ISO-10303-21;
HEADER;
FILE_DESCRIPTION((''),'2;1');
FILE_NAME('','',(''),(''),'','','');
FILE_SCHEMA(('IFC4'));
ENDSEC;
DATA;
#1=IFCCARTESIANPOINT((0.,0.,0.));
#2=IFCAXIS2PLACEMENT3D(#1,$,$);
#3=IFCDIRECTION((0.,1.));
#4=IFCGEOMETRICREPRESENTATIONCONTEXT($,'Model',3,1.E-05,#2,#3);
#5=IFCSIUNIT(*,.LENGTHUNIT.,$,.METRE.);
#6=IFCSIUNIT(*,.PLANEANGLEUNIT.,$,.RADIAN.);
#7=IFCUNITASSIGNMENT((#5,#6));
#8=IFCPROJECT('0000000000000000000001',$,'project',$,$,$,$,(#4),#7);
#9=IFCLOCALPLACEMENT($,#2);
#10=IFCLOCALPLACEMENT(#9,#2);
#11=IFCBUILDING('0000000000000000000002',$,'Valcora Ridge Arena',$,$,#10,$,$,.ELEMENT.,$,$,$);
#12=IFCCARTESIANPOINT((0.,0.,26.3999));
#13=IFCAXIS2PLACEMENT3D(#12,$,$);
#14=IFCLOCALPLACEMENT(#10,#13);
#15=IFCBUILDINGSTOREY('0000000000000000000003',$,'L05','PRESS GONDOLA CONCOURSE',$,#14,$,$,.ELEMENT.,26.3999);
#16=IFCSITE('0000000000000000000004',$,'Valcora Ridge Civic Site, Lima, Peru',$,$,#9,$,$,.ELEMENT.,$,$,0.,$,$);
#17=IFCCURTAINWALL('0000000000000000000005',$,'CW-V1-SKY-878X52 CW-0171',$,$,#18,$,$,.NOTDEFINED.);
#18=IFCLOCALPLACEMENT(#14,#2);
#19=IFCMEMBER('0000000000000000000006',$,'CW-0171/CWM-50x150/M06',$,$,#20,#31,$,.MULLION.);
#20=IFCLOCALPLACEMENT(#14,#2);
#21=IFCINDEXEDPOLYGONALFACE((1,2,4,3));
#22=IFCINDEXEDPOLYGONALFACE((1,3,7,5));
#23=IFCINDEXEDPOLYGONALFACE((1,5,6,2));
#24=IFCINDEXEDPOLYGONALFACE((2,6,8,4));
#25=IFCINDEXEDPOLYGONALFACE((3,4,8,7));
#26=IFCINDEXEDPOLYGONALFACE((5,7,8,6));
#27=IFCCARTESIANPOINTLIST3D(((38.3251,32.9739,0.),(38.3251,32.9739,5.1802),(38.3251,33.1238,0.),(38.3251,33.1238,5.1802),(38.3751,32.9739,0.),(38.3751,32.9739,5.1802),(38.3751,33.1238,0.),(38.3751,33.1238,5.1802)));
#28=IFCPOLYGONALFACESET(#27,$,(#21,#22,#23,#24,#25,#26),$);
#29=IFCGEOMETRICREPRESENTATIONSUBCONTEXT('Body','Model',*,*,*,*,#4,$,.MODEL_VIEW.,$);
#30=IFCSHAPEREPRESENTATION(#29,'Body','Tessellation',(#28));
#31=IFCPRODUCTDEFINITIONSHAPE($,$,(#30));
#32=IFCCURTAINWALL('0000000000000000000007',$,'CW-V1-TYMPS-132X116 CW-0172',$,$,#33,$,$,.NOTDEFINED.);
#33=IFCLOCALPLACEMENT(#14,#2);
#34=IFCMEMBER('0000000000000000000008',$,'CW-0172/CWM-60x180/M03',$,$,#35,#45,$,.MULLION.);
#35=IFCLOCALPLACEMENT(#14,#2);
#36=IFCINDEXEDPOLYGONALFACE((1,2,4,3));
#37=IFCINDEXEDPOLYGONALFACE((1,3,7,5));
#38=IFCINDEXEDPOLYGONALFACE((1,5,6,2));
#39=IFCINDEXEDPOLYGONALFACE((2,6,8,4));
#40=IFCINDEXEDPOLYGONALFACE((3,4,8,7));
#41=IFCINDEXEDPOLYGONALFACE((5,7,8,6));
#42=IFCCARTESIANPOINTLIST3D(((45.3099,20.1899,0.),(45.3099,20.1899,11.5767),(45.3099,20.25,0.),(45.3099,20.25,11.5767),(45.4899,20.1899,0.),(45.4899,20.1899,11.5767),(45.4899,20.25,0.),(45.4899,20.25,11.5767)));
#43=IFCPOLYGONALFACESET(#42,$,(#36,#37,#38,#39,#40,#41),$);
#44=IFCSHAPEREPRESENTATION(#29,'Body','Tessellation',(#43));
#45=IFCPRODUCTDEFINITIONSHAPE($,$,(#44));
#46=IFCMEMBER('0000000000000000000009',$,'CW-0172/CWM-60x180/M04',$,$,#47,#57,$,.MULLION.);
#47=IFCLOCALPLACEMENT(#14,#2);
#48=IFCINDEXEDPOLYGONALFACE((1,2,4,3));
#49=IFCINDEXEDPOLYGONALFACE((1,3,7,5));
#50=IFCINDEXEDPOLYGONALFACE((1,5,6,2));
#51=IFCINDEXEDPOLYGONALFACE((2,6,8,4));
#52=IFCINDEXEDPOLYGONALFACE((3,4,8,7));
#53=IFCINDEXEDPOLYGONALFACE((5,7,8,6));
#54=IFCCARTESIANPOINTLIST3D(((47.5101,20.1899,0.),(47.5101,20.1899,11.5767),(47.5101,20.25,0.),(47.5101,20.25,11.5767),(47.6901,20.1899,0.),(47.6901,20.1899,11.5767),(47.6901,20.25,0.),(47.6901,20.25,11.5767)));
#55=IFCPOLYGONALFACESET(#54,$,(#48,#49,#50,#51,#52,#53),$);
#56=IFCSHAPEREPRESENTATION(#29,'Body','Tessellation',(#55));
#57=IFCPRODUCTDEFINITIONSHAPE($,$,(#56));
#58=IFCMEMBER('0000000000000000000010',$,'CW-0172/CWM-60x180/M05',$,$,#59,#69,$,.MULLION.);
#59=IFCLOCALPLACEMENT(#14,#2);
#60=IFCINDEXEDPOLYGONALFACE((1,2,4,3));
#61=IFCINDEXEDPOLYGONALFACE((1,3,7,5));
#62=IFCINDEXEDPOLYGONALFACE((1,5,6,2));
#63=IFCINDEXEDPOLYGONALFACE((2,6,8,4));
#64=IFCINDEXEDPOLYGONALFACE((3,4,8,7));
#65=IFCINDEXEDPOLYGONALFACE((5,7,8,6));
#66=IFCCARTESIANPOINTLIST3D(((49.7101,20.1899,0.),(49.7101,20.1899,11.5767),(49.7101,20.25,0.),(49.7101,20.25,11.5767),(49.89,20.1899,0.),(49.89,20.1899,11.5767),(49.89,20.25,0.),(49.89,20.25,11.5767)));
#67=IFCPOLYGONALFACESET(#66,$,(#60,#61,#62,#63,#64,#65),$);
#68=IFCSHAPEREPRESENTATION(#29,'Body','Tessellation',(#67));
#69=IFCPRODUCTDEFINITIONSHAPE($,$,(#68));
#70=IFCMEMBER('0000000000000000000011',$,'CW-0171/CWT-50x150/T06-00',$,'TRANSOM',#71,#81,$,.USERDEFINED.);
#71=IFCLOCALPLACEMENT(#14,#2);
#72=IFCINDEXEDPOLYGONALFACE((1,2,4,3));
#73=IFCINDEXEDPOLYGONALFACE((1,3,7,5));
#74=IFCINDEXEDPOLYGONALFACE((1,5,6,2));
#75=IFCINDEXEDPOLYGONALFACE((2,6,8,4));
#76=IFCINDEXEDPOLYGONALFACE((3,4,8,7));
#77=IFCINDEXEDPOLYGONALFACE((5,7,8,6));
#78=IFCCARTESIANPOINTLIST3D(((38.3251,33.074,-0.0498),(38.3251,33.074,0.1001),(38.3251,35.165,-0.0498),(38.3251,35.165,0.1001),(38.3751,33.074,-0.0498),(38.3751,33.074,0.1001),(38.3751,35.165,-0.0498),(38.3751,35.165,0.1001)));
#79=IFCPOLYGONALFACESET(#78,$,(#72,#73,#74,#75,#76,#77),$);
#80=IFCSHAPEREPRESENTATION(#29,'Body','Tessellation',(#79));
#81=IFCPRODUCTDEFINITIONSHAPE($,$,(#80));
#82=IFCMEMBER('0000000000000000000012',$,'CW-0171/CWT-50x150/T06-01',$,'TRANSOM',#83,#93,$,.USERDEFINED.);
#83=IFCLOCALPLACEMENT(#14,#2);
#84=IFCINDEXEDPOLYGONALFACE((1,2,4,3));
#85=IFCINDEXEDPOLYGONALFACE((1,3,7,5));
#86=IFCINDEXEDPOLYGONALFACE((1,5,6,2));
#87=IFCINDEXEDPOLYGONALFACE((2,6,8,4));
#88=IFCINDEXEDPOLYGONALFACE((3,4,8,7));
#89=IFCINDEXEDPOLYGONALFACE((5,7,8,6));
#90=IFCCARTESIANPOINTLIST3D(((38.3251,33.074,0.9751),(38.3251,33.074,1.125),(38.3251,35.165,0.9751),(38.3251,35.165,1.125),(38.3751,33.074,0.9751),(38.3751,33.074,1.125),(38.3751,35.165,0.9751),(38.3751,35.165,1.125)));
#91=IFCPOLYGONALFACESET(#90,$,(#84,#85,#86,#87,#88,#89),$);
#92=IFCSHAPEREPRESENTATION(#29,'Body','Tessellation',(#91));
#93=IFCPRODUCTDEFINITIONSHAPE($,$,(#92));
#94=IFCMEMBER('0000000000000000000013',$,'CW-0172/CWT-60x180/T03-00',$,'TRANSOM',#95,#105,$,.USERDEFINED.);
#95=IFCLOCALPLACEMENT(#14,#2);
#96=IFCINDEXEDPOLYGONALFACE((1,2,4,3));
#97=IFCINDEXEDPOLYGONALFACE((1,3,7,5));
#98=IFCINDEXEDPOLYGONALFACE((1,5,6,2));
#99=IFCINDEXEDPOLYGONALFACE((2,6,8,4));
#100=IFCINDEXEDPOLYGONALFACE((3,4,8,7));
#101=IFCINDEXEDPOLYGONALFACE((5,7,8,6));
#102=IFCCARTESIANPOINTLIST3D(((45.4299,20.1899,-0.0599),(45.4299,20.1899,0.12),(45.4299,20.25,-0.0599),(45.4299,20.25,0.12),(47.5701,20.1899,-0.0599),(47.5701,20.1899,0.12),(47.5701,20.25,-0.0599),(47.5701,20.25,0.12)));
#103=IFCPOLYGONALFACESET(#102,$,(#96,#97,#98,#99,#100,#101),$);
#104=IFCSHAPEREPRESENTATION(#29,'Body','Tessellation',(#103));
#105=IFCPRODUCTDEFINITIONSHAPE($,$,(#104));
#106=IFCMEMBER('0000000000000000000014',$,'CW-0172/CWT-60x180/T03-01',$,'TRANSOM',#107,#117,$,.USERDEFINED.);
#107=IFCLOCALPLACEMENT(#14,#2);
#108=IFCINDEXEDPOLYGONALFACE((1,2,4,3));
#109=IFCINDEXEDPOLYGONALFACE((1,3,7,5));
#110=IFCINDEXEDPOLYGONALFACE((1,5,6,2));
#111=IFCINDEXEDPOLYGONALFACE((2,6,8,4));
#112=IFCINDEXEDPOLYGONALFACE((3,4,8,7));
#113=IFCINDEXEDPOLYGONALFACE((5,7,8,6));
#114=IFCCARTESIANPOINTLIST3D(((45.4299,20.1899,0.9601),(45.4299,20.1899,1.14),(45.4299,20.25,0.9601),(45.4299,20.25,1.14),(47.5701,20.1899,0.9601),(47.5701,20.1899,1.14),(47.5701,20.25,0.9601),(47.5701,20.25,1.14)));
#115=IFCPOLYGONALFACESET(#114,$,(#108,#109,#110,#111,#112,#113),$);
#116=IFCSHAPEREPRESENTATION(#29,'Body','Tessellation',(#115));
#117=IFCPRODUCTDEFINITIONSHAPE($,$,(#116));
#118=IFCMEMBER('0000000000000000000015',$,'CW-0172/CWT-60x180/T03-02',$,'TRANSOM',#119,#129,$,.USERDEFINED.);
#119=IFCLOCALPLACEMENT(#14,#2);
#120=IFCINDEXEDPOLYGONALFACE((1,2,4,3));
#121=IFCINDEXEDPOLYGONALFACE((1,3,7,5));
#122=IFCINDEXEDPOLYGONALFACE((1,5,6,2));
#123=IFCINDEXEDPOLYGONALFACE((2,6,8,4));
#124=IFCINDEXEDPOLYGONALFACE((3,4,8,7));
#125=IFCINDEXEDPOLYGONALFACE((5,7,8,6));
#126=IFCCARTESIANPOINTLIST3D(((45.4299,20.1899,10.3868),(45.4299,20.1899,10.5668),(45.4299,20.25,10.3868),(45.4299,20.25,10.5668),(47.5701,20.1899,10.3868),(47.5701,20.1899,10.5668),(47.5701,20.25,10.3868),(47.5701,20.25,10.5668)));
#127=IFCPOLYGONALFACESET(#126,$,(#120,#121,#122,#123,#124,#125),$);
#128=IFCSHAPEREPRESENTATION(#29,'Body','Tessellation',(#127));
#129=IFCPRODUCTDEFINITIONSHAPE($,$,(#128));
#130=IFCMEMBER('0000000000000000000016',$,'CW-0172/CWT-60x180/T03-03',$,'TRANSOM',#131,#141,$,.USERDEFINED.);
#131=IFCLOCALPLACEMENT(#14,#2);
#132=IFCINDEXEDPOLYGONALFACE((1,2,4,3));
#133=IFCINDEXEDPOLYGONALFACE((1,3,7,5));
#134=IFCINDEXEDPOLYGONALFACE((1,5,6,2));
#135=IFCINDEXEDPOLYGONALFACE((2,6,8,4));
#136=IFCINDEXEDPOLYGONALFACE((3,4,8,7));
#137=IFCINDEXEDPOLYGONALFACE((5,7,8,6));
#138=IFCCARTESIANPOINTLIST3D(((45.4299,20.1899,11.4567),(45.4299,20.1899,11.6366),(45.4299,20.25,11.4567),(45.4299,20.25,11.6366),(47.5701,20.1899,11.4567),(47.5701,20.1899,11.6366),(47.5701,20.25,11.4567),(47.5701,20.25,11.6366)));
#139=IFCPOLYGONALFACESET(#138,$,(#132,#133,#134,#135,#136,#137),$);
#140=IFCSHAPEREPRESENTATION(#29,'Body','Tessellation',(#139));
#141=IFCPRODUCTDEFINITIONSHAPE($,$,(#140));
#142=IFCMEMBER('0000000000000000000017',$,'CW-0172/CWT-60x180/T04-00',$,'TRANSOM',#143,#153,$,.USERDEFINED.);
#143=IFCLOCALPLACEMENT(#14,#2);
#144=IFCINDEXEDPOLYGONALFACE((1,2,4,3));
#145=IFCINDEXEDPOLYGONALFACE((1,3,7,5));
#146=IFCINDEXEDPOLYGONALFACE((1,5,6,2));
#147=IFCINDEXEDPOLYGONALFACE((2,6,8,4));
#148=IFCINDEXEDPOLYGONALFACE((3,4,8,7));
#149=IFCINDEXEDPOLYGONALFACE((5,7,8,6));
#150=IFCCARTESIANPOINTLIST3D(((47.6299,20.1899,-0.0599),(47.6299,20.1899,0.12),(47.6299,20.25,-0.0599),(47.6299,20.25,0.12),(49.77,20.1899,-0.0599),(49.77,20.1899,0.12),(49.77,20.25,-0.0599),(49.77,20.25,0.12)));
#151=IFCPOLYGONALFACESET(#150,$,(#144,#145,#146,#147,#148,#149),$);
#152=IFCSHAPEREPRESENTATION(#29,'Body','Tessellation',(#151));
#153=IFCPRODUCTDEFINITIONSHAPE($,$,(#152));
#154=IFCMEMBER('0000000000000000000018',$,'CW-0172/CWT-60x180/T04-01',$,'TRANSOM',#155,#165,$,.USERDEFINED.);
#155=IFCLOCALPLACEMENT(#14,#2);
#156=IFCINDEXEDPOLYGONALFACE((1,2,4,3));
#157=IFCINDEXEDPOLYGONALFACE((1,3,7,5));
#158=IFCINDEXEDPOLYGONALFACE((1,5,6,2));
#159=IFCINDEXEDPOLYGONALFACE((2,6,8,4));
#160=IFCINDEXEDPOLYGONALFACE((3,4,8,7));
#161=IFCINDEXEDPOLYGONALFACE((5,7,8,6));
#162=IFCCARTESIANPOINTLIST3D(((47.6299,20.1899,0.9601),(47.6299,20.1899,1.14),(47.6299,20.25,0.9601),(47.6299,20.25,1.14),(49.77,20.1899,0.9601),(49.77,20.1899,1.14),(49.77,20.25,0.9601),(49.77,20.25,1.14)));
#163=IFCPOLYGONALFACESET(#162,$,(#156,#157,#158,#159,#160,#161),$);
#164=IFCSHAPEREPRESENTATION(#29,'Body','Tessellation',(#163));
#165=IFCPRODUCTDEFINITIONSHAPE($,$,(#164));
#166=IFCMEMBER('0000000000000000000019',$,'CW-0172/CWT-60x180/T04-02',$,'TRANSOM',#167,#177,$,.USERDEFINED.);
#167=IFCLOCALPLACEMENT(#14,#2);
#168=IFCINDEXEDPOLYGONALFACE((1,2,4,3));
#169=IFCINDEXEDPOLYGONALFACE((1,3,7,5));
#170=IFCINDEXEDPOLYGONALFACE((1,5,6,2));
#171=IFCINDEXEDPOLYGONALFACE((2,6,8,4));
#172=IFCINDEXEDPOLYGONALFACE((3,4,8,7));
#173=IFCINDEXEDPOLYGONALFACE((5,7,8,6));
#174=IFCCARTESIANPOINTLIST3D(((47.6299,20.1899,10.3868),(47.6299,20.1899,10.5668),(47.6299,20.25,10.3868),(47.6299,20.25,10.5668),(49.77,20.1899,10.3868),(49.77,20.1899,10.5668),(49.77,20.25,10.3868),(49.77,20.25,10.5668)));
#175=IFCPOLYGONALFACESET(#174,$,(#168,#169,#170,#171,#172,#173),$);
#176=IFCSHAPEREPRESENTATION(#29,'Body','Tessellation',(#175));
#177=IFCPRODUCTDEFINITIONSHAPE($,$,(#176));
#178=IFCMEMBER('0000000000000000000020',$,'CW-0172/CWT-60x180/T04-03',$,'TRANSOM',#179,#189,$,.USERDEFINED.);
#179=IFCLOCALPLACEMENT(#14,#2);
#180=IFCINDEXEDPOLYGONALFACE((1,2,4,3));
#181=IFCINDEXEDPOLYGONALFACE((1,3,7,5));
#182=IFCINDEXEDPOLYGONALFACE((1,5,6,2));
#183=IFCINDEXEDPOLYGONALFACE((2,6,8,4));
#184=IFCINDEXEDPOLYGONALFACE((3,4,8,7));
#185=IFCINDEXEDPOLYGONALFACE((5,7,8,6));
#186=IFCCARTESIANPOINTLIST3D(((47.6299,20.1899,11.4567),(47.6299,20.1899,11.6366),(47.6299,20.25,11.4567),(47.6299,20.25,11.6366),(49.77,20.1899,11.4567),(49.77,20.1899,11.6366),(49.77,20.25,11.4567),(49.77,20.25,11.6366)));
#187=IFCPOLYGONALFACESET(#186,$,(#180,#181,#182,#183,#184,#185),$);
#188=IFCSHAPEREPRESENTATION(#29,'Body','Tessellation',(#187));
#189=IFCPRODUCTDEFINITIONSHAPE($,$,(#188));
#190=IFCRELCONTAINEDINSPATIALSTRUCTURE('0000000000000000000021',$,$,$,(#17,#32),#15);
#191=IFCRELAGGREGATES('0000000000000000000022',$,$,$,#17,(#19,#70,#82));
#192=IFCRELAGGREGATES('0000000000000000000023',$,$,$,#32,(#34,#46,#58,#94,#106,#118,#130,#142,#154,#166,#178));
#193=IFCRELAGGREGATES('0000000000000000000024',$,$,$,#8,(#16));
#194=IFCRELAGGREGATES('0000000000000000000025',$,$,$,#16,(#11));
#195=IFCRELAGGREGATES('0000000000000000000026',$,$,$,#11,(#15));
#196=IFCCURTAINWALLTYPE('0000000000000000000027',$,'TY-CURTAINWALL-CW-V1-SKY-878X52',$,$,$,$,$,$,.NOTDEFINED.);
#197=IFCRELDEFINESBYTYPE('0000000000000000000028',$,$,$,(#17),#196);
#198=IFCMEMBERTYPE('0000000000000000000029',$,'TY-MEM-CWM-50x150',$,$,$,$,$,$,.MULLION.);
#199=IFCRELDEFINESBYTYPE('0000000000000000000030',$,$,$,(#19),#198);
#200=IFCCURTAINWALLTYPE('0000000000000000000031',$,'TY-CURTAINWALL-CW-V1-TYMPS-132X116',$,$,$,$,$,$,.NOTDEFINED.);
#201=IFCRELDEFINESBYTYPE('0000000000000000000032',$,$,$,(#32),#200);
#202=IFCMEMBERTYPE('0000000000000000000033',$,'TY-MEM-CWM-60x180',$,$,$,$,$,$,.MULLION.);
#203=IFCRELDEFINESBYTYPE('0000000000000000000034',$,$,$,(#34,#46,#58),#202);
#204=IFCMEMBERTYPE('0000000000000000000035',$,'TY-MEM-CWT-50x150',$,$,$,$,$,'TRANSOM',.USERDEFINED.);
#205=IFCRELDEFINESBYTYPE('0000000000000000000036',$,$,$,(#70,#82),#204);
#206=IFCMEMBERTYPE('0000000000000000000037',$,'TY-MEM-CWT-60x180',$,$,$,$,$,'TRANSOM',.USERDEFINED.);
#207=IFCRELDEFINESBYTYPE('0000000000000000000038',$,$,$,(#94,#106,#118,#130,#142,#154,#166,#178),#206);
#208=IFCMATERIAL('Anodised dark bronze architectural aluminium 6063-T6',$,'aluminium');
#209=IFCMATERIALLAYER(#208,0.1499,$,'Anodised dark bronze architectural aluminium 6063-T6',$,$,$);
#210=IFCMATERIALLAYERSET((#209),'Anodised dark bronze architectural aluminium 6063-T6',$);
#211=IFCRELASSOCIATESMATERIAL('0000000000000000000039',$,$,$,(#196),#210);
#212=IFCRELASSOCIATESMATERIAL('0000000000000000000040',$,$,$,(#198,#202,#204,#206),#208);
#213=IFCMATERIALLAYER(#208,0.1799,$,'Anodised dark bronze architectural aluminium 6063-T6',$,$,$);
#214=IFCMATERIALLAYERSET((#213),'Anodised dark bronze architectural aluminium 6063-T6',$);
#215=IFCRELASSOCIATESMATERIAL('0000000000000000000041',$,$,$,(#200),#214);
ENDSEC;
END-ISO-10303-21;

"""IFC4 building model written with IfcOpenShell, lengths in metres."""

from ifc_helpers import new_model, si_unit, direction, frame, origin, origin_2d, place, context, subcontext, project, spatial, rectangle, extrude, material, layer, layer_set, material_profile, profile_set, type_object, element, aggregate, save


model = new_model("IFC4")

# Units and contexts
model_context = context("Model", 3, precision=1e-05, world=origin(), true_north=direction((0.0, 1.0)))
body_context = subcontext(model_context, "Body", "Model", "MODEL_VIEW")
ifc_project = project(units=[si_unit("LENGTHUNIT", "METRE"), si_unit("PLANEANGLEUNIT", "RADIAN")], contexts=[model_context])

# Site, building, storey
site_placement = place(None, origin())
site = spatial("IfcSite", under=ifc_project, at=site_placement, Name="Valcora Ridge Civic Site, Lima, Peru", CompositionType="ELEMENT", RefElevation=0.0)
building_placement = place(site_placement, origin())
building = spatial("IfcBuilding", under=site, at=building_placement, Name="Valcora Ridge Arena", CompositionType="ELEMENT")
storey_placement = place(building_placement, frame((0.0, 0.0, 26.3999)))
storey = spatial("IfcBuildingStorey", under=building, at=storey_placement, Name="L05", Description="PRESS GONDOLA CONCOURSE", CompositionType="ELEMENT", Elevation=26.3999)

# Curtain wall, member
ifc_material_1 = material(Name="Anodised dark bronze architectural aluminium 6063-T6", Category="aluminium")
ifc_layer_1 = layer(ifc_material_1, 0.1499, Name="Anodised dark bronze architectural aluminium 6063-T6")
ifc_layer_set_1 = layer_set([ifc_layer_1], Name="Anodised dark bronze architectural aluminium 6063-T6")
curtain_wall_type_1 = type_object("IfcCurtainWallType", Name="TY-CURTAINWALL-CW-V1-SKY-878X52", PredefinedType="NOTDEFINED", material=ifc_layer_set_1)
curtain_wall_1_placement = place(storey_placement, origin())
curtain_wall_1 = element("IfcCurtainWall", 1, at=curtain_wall_1_placement, inside=storey, type_object=curtain_wall_type_1, Name="CW-V1-SKY-878X52 CW-0171", PredefinedType="NOTDEFINED")
ifc_material_profile_1 = material_profile(ifc_material_1, rectangle(XDim=0.05, YDim=0.1499, at=origin_2d()), Name="ALU MULLION 50x150")
ifc_profile_set_1 = profile_set([ifc_material_profile_1], Name="Anodised dark bronze architectural aluminium 6063-T6")
member_type_1 = type_object("IfcMemberType", Name="TY-MEM-CWM-50x150", PredefinedType="MULLION", material=ifc_profile_set_1)
member_1_placement = place(storey_placement, frame((38.3501, 33.0488, 0.0), z_axis=(0.0, 0.0, 1.0), x_axis=(-1.0, 0.0, 0.0)))
member_1 = element("IfcMember", 2, at=member_1_placement, type_object=member_type_1, Name="CW-0171/CWM-50x150/M06", PredefinedType="MULLION", context=body_context, shape_type="SweptSolid", body=[
    extrude(rectangle(XDim=0.05, YDim=0.1499, at=origin_2d()), origin(), (0.0, 0.0, 1.0), 5.1802),
])

# Curtain wall, members
ifc_layer_2 = layer(ifc_material_1, 0.1799, Name="Anodised dark bronze architectural aluminium 6063-T6")
ifc_layer_set_2 = layer_set([ifc_layer_2], Name="Anodised dark bronze architectural aluminium 6063-T6")
curtain_wall_type_2 = type_object("IfcCurtainWallType", Name="TY-CURTAINWALL-CW-V1-TYMPS-132X116", PredefinedType="NOTDEFINED", material=ifc_layer_set_2)
curtain_wall_2_placement = place(storey_placement, origin())
curtain_wall_2 = element("IfcCurtainWall", 3, at=curtain_wall_2_placement, inside=storey, type_object=curtain_wall_type_2, Name="CW-V1-TYMPS-132X116 CW-0172", PredefinedType="NOTDEFINED")
ifc_material_profile_2 = material_profile(ifc_material_1, rectangle(XDim=0.0601, YDim=0.1799, at=origin_2d()), Name="ALU MULLION 60x180")
ifc_profile_set_2 = profile_set([ifc_material_profile_2], Name="Anodised dark bronze architectural aluminium 6063-T6")
member_type_2 = type_object("IfcMemberType", Name="TY-MEM-CWM-60x180", PredefinedType="MULLION", material=ifc_profile_set_2)
member_2_placement = place(storey_placement, frame((45.3999, 20.22, 0.0), z_axis=(0.0, 0.0, 1.0), x_axis=(0.0, 1.0, 0.0)))
member_2 = element("IfcMember", 4, at=member_2_placement, type_object=member_type_2, Name="CW-0172/CWM-60x180/M03", PredefinedType="MULLION", context=body_context, shape_type="SweptSolid", body=[
    extrude(rectangle(XDim=0.0601, YDim=0.1799, at=origin_2d()), origin(), (0.0, 0.0, 1.0), 11.5767),
])
member_3_placement = place(storey_placement, frame((47.6001, 20.22, 0.0), z_axis=(0.0, 0.0, 1.0), x_axis=(0.0, 1.0, 0.0)))
member_3 = element("IfcMember", 5, at=member_3_placement, type_object=member_type_2, Name="CW-0172/CWM-60x180/M04", PredefinedType="MULLION", context=body_context, shape_type="SweptSolid", body=[
    extrude(rectangle(XDim=0.0601, YDim=0.1799, at=origin_2d()), origin(), (0.0, 0.0, 1.0), 11.5767),
])
member_4_placement = place(storey_placement, frame((49.8, 20.22, 0.0), z_axis=(0.0, 0.0, 1.0), x_axis=(0.0, 1.0, 0.0)))
member_4 = element("IfcMember", 6, at=member_4_placement, type_object=member_type_2, Name="CW-0172/CWM-60x180/M05", PredefinedType="MULLION", context=body_context, shape_type="SweptSolid", body=[
    extrude(rectangle(XDim=0.0601, YDim=0.1799, at=origin_2d()), origin(), (0.0, 0.0, 1.0), 11.5767),
])

# Members
ifc_material_profile_3 = material_profile(ifc_material_1, rectangle(XDim=0.05, YDim=0.1499, at=origin_2d()), Name="ALU TRANSOM 50x150")
ifc_profile_set_3 = profile_set([ifc_material_profile_3], Name="Anodised dark bronze architectural aluminium 6063-T6")
member_type_3 = type_object("IfcMemberType", Name="TY-MEM-CWT-50x150", ElementType="TRANSOM", PredefinedType="USERDEFINED", material=ifc_profile_set_3)
member_5_placement = place(storey_placement, frame((38.3501, 33.074, 0.0251), z_axis=(0.0, 1.0, 0.0), x_axis=(-1.0, 0.0, 0.0)))
member_5 = element("IfcMember", 7, at=member_5_placement, type_object=member_type_3, Name="CW-0171/CWT-50x150/T06-00", ObjectType="TRANSOM", PredefinedType="USERDEFINED", context=body_context, shape_type="SweptSolid", body=[
    extrude(rectangle(XDim=0.05, YDim=0.1499, at=origin_2d()), origin(), (0.0, 0.0, 1.0), 2.0911),
])
member_6_placement = place(storey_placement, frame((38.3501, 33.074, 1.05), z_axis=(0.0, 1.0, 0.0), x_axis=(-1.0, 0.0, 0.0)))
member_6 = element("IfcMember", 8, at=member_6_placement, type_object=member_type_3, Name="CW-0171/CWT-50x150/T06-01", ObjectType="TRANSOM", PredefinedType="USERDEFINED", context=body_context, shape_type="SweptSolid", body=[
    extrude(rectangle(XDim=0.05, YDim=0.1499, at=origin_2d()), origin(), (0.0, 0.0, 1.0), 2.0911),
])
ifc_material_profile_4 = material_profile(ifc_material_1, rectangle(XDim=0.0601, YDim=0.1799, at=origin_2d()), Name="ALU TRANSOM 60x180")
ifc_profile_set_4 = profile_set([ifc_material_profile_4], Name="Anodised dark bronze architectural aluminium 6063-T6")
member_type_4 = type_object("IfcMemberType", Name="TY-MEM-CWT-60x180", ElementType="TRANSOM", PredefinedType="USERDEFINED", material=ifc_profile_set_4)
member_7_placement = place(storey_placement, frame((45.4299, 20.22, 0.03), z_axis=(1.0, 0.0, 0.0), x_axis=(0.0, 1.0, 0.0)))
member_7 = element("IfcMember", 9, at=member_7_placement, type_object=member_type_4, Name="CW-0172/CWT-60x180/T03-00", ObjectType="TRANSOM", PredefinedType="USERDEFINED", context=body_context, shape_type="SweptSolid", body=[
    extrude(rectangle(XDim=0.0601, YDim=0.1799, at=origin_2d()), origin(), (0.0, 0.0, 1.0), 2.1401),
])
member_8_placement = place(storey_placement, frame((45.4299, 20.22, 1.05), z_axis=(1.0, 0.0, 0.0), x_axis=(0.0, 1.0, 0.0)))
member_8 = element("IfcMember", 10, at=member_8_placement, type_object=member_type_4, Name="CW-0172/CWT-60x180/T03-01", ObjectType="TRANSOM", PredefinedType="USERDEFINED", context=body_context, shape_type="SweptSolid", body=[
    extrude(rectangle(XDim=0.0601, YDim=0.1799, at=origin_2d()), origin(), (0.0, 0.0, 1.0), 2.1401),
])
member_9_placement = place(storey_placement, frame((45.4299, 20.22, 10.4768), z_axis=(1.0, 0.0, 0.0), x_axis=(0.0, 1.0, 0.0)))
member_9 = element("IfcMember", 11, at=member_9_placement, type_object=member_type_4, Name="CW-0172/CWT-60x180/T03-02", ObjectType="TRANSOM", PredefinedType="USERDEFINED", context=body_context, shape_type="SweptSolid", body=[
    extrude(rectangle(XDim=0.0601, YDim=0.1799, at=origin_2d()), origin(), (0.0, 0.0, 1.0), 2.1401),
])
member_10_placement = place(storey_placement, frame((45.4299, 20.22, 11.5466), z_axis=(1.0, 0.0, 0.0), x_axis=(0.0, 1.0, 0.0)))
member_10 = element("IfcMember", 12, at=member_10_placement, type_object=member_type_4, Name="CW-0172/CWT-60x180/T03-03", ObjectType="TRANSOM", PredefinedType="USERDEFINED", context=body_context, shape_type="SweptSolid", body=[
    extrude(rectangle(XDim=0.0601, YDim=0.1799, at=origin_2d()), origin(), (0.0, 0.0, 1.0), 2.1401),
])
member_11_placement = place(storey_placement, frame((47.6299, 20.22, 0.03), z_axis=(1.0, 0.0, 0.0), x_axis=(0.0, 1.0, 0.0)))
member_11 = element("IfcMember", 13, at=member_11_placement, type_object=member_type_4, Name="CW-0172/CWT-60x180/T04-00", ObjectType="TRANSOM", PredefinedType="USERDEFINED", context=body_context, shape_type="SweptSolid", body=[
    extrude(rectangle(XDim=0.0601, YDim=0.1799, at=origin_2d()), origin(), (0.0, 0.0, 1.0), 2.1401),
])
member_12_placement = place(storey_placement, frame((47.6299, 20.22, 1.05), z_axis=(1.0, 0.0, 0.0), x_axis=(0.0, 1.0, 0.0)))
member_12 = element("IfcMember", 14, at=member_12_placement, type_object=member_type_4, Name="CW-0172/CWT-60x180/T04-01", ObjectType="TRANSOM", PredefinedType="USERDEFINED", context=body_context, shape_type="SweptSolid", body=[
    extrude(rectangle(XDim=0.0601, YDim=0.1799, at=origin_2d()), origin(), (0.0, 0.0, 1.0), 2.1401),
])
member_13_placement = place(storey_placement, frame((47.6299, 20.22, 10.4768), z_axis=(1.0, 0.0, 0.0), x_axis=(0.0, 1.0, 0.0)))
member_13 = element("IfcMember", 15, at=member_13_placement, type_object=member_type_4, Name="CW-0172/CWT-60x180/T04-02", ObjectType="TRANSOM", PredefinedType="USERDEFINED", context=body_context, shape_type="SweptSolid", body=[
    extrude(rectangle(XDim=0.0601, YDim=0.1799, at=origin_2d()), origin(), (0.0, 0.0, 1.0), 2.1401),
])
member_14_placement = place(storey_placement, frame((47.6299, 20.22, 11.5466), z_axis=(1.0, 0.0, 0.0), x_axis=(0.0, 1.0, 0.0)))
member_14 = element("IfcMember", 16, at=member_14_placement, type_object=member_type_4, Name="CW-0172/CWT-60x180/T04-03", ObjectType="TRANSOM", PredefinedType="USERDEFINED", context=body_context, shape_type="SweptSolid", body=[
    extrude(rectangle(XDim=0.0601, YDim=0.1799, at=origin_2d()), origin(), (0.0, 0.0, 1.0), 2.1401),
])

aggregate(curtain_wall_1, [member_1, member_5, member_6])
aggregate(curtain_wall_2, [member_2, member_3, member_4, member_7, member_8, member_9, member_10, member_11, member_12, member_13, member_14])

save(model, "model.ifc")
